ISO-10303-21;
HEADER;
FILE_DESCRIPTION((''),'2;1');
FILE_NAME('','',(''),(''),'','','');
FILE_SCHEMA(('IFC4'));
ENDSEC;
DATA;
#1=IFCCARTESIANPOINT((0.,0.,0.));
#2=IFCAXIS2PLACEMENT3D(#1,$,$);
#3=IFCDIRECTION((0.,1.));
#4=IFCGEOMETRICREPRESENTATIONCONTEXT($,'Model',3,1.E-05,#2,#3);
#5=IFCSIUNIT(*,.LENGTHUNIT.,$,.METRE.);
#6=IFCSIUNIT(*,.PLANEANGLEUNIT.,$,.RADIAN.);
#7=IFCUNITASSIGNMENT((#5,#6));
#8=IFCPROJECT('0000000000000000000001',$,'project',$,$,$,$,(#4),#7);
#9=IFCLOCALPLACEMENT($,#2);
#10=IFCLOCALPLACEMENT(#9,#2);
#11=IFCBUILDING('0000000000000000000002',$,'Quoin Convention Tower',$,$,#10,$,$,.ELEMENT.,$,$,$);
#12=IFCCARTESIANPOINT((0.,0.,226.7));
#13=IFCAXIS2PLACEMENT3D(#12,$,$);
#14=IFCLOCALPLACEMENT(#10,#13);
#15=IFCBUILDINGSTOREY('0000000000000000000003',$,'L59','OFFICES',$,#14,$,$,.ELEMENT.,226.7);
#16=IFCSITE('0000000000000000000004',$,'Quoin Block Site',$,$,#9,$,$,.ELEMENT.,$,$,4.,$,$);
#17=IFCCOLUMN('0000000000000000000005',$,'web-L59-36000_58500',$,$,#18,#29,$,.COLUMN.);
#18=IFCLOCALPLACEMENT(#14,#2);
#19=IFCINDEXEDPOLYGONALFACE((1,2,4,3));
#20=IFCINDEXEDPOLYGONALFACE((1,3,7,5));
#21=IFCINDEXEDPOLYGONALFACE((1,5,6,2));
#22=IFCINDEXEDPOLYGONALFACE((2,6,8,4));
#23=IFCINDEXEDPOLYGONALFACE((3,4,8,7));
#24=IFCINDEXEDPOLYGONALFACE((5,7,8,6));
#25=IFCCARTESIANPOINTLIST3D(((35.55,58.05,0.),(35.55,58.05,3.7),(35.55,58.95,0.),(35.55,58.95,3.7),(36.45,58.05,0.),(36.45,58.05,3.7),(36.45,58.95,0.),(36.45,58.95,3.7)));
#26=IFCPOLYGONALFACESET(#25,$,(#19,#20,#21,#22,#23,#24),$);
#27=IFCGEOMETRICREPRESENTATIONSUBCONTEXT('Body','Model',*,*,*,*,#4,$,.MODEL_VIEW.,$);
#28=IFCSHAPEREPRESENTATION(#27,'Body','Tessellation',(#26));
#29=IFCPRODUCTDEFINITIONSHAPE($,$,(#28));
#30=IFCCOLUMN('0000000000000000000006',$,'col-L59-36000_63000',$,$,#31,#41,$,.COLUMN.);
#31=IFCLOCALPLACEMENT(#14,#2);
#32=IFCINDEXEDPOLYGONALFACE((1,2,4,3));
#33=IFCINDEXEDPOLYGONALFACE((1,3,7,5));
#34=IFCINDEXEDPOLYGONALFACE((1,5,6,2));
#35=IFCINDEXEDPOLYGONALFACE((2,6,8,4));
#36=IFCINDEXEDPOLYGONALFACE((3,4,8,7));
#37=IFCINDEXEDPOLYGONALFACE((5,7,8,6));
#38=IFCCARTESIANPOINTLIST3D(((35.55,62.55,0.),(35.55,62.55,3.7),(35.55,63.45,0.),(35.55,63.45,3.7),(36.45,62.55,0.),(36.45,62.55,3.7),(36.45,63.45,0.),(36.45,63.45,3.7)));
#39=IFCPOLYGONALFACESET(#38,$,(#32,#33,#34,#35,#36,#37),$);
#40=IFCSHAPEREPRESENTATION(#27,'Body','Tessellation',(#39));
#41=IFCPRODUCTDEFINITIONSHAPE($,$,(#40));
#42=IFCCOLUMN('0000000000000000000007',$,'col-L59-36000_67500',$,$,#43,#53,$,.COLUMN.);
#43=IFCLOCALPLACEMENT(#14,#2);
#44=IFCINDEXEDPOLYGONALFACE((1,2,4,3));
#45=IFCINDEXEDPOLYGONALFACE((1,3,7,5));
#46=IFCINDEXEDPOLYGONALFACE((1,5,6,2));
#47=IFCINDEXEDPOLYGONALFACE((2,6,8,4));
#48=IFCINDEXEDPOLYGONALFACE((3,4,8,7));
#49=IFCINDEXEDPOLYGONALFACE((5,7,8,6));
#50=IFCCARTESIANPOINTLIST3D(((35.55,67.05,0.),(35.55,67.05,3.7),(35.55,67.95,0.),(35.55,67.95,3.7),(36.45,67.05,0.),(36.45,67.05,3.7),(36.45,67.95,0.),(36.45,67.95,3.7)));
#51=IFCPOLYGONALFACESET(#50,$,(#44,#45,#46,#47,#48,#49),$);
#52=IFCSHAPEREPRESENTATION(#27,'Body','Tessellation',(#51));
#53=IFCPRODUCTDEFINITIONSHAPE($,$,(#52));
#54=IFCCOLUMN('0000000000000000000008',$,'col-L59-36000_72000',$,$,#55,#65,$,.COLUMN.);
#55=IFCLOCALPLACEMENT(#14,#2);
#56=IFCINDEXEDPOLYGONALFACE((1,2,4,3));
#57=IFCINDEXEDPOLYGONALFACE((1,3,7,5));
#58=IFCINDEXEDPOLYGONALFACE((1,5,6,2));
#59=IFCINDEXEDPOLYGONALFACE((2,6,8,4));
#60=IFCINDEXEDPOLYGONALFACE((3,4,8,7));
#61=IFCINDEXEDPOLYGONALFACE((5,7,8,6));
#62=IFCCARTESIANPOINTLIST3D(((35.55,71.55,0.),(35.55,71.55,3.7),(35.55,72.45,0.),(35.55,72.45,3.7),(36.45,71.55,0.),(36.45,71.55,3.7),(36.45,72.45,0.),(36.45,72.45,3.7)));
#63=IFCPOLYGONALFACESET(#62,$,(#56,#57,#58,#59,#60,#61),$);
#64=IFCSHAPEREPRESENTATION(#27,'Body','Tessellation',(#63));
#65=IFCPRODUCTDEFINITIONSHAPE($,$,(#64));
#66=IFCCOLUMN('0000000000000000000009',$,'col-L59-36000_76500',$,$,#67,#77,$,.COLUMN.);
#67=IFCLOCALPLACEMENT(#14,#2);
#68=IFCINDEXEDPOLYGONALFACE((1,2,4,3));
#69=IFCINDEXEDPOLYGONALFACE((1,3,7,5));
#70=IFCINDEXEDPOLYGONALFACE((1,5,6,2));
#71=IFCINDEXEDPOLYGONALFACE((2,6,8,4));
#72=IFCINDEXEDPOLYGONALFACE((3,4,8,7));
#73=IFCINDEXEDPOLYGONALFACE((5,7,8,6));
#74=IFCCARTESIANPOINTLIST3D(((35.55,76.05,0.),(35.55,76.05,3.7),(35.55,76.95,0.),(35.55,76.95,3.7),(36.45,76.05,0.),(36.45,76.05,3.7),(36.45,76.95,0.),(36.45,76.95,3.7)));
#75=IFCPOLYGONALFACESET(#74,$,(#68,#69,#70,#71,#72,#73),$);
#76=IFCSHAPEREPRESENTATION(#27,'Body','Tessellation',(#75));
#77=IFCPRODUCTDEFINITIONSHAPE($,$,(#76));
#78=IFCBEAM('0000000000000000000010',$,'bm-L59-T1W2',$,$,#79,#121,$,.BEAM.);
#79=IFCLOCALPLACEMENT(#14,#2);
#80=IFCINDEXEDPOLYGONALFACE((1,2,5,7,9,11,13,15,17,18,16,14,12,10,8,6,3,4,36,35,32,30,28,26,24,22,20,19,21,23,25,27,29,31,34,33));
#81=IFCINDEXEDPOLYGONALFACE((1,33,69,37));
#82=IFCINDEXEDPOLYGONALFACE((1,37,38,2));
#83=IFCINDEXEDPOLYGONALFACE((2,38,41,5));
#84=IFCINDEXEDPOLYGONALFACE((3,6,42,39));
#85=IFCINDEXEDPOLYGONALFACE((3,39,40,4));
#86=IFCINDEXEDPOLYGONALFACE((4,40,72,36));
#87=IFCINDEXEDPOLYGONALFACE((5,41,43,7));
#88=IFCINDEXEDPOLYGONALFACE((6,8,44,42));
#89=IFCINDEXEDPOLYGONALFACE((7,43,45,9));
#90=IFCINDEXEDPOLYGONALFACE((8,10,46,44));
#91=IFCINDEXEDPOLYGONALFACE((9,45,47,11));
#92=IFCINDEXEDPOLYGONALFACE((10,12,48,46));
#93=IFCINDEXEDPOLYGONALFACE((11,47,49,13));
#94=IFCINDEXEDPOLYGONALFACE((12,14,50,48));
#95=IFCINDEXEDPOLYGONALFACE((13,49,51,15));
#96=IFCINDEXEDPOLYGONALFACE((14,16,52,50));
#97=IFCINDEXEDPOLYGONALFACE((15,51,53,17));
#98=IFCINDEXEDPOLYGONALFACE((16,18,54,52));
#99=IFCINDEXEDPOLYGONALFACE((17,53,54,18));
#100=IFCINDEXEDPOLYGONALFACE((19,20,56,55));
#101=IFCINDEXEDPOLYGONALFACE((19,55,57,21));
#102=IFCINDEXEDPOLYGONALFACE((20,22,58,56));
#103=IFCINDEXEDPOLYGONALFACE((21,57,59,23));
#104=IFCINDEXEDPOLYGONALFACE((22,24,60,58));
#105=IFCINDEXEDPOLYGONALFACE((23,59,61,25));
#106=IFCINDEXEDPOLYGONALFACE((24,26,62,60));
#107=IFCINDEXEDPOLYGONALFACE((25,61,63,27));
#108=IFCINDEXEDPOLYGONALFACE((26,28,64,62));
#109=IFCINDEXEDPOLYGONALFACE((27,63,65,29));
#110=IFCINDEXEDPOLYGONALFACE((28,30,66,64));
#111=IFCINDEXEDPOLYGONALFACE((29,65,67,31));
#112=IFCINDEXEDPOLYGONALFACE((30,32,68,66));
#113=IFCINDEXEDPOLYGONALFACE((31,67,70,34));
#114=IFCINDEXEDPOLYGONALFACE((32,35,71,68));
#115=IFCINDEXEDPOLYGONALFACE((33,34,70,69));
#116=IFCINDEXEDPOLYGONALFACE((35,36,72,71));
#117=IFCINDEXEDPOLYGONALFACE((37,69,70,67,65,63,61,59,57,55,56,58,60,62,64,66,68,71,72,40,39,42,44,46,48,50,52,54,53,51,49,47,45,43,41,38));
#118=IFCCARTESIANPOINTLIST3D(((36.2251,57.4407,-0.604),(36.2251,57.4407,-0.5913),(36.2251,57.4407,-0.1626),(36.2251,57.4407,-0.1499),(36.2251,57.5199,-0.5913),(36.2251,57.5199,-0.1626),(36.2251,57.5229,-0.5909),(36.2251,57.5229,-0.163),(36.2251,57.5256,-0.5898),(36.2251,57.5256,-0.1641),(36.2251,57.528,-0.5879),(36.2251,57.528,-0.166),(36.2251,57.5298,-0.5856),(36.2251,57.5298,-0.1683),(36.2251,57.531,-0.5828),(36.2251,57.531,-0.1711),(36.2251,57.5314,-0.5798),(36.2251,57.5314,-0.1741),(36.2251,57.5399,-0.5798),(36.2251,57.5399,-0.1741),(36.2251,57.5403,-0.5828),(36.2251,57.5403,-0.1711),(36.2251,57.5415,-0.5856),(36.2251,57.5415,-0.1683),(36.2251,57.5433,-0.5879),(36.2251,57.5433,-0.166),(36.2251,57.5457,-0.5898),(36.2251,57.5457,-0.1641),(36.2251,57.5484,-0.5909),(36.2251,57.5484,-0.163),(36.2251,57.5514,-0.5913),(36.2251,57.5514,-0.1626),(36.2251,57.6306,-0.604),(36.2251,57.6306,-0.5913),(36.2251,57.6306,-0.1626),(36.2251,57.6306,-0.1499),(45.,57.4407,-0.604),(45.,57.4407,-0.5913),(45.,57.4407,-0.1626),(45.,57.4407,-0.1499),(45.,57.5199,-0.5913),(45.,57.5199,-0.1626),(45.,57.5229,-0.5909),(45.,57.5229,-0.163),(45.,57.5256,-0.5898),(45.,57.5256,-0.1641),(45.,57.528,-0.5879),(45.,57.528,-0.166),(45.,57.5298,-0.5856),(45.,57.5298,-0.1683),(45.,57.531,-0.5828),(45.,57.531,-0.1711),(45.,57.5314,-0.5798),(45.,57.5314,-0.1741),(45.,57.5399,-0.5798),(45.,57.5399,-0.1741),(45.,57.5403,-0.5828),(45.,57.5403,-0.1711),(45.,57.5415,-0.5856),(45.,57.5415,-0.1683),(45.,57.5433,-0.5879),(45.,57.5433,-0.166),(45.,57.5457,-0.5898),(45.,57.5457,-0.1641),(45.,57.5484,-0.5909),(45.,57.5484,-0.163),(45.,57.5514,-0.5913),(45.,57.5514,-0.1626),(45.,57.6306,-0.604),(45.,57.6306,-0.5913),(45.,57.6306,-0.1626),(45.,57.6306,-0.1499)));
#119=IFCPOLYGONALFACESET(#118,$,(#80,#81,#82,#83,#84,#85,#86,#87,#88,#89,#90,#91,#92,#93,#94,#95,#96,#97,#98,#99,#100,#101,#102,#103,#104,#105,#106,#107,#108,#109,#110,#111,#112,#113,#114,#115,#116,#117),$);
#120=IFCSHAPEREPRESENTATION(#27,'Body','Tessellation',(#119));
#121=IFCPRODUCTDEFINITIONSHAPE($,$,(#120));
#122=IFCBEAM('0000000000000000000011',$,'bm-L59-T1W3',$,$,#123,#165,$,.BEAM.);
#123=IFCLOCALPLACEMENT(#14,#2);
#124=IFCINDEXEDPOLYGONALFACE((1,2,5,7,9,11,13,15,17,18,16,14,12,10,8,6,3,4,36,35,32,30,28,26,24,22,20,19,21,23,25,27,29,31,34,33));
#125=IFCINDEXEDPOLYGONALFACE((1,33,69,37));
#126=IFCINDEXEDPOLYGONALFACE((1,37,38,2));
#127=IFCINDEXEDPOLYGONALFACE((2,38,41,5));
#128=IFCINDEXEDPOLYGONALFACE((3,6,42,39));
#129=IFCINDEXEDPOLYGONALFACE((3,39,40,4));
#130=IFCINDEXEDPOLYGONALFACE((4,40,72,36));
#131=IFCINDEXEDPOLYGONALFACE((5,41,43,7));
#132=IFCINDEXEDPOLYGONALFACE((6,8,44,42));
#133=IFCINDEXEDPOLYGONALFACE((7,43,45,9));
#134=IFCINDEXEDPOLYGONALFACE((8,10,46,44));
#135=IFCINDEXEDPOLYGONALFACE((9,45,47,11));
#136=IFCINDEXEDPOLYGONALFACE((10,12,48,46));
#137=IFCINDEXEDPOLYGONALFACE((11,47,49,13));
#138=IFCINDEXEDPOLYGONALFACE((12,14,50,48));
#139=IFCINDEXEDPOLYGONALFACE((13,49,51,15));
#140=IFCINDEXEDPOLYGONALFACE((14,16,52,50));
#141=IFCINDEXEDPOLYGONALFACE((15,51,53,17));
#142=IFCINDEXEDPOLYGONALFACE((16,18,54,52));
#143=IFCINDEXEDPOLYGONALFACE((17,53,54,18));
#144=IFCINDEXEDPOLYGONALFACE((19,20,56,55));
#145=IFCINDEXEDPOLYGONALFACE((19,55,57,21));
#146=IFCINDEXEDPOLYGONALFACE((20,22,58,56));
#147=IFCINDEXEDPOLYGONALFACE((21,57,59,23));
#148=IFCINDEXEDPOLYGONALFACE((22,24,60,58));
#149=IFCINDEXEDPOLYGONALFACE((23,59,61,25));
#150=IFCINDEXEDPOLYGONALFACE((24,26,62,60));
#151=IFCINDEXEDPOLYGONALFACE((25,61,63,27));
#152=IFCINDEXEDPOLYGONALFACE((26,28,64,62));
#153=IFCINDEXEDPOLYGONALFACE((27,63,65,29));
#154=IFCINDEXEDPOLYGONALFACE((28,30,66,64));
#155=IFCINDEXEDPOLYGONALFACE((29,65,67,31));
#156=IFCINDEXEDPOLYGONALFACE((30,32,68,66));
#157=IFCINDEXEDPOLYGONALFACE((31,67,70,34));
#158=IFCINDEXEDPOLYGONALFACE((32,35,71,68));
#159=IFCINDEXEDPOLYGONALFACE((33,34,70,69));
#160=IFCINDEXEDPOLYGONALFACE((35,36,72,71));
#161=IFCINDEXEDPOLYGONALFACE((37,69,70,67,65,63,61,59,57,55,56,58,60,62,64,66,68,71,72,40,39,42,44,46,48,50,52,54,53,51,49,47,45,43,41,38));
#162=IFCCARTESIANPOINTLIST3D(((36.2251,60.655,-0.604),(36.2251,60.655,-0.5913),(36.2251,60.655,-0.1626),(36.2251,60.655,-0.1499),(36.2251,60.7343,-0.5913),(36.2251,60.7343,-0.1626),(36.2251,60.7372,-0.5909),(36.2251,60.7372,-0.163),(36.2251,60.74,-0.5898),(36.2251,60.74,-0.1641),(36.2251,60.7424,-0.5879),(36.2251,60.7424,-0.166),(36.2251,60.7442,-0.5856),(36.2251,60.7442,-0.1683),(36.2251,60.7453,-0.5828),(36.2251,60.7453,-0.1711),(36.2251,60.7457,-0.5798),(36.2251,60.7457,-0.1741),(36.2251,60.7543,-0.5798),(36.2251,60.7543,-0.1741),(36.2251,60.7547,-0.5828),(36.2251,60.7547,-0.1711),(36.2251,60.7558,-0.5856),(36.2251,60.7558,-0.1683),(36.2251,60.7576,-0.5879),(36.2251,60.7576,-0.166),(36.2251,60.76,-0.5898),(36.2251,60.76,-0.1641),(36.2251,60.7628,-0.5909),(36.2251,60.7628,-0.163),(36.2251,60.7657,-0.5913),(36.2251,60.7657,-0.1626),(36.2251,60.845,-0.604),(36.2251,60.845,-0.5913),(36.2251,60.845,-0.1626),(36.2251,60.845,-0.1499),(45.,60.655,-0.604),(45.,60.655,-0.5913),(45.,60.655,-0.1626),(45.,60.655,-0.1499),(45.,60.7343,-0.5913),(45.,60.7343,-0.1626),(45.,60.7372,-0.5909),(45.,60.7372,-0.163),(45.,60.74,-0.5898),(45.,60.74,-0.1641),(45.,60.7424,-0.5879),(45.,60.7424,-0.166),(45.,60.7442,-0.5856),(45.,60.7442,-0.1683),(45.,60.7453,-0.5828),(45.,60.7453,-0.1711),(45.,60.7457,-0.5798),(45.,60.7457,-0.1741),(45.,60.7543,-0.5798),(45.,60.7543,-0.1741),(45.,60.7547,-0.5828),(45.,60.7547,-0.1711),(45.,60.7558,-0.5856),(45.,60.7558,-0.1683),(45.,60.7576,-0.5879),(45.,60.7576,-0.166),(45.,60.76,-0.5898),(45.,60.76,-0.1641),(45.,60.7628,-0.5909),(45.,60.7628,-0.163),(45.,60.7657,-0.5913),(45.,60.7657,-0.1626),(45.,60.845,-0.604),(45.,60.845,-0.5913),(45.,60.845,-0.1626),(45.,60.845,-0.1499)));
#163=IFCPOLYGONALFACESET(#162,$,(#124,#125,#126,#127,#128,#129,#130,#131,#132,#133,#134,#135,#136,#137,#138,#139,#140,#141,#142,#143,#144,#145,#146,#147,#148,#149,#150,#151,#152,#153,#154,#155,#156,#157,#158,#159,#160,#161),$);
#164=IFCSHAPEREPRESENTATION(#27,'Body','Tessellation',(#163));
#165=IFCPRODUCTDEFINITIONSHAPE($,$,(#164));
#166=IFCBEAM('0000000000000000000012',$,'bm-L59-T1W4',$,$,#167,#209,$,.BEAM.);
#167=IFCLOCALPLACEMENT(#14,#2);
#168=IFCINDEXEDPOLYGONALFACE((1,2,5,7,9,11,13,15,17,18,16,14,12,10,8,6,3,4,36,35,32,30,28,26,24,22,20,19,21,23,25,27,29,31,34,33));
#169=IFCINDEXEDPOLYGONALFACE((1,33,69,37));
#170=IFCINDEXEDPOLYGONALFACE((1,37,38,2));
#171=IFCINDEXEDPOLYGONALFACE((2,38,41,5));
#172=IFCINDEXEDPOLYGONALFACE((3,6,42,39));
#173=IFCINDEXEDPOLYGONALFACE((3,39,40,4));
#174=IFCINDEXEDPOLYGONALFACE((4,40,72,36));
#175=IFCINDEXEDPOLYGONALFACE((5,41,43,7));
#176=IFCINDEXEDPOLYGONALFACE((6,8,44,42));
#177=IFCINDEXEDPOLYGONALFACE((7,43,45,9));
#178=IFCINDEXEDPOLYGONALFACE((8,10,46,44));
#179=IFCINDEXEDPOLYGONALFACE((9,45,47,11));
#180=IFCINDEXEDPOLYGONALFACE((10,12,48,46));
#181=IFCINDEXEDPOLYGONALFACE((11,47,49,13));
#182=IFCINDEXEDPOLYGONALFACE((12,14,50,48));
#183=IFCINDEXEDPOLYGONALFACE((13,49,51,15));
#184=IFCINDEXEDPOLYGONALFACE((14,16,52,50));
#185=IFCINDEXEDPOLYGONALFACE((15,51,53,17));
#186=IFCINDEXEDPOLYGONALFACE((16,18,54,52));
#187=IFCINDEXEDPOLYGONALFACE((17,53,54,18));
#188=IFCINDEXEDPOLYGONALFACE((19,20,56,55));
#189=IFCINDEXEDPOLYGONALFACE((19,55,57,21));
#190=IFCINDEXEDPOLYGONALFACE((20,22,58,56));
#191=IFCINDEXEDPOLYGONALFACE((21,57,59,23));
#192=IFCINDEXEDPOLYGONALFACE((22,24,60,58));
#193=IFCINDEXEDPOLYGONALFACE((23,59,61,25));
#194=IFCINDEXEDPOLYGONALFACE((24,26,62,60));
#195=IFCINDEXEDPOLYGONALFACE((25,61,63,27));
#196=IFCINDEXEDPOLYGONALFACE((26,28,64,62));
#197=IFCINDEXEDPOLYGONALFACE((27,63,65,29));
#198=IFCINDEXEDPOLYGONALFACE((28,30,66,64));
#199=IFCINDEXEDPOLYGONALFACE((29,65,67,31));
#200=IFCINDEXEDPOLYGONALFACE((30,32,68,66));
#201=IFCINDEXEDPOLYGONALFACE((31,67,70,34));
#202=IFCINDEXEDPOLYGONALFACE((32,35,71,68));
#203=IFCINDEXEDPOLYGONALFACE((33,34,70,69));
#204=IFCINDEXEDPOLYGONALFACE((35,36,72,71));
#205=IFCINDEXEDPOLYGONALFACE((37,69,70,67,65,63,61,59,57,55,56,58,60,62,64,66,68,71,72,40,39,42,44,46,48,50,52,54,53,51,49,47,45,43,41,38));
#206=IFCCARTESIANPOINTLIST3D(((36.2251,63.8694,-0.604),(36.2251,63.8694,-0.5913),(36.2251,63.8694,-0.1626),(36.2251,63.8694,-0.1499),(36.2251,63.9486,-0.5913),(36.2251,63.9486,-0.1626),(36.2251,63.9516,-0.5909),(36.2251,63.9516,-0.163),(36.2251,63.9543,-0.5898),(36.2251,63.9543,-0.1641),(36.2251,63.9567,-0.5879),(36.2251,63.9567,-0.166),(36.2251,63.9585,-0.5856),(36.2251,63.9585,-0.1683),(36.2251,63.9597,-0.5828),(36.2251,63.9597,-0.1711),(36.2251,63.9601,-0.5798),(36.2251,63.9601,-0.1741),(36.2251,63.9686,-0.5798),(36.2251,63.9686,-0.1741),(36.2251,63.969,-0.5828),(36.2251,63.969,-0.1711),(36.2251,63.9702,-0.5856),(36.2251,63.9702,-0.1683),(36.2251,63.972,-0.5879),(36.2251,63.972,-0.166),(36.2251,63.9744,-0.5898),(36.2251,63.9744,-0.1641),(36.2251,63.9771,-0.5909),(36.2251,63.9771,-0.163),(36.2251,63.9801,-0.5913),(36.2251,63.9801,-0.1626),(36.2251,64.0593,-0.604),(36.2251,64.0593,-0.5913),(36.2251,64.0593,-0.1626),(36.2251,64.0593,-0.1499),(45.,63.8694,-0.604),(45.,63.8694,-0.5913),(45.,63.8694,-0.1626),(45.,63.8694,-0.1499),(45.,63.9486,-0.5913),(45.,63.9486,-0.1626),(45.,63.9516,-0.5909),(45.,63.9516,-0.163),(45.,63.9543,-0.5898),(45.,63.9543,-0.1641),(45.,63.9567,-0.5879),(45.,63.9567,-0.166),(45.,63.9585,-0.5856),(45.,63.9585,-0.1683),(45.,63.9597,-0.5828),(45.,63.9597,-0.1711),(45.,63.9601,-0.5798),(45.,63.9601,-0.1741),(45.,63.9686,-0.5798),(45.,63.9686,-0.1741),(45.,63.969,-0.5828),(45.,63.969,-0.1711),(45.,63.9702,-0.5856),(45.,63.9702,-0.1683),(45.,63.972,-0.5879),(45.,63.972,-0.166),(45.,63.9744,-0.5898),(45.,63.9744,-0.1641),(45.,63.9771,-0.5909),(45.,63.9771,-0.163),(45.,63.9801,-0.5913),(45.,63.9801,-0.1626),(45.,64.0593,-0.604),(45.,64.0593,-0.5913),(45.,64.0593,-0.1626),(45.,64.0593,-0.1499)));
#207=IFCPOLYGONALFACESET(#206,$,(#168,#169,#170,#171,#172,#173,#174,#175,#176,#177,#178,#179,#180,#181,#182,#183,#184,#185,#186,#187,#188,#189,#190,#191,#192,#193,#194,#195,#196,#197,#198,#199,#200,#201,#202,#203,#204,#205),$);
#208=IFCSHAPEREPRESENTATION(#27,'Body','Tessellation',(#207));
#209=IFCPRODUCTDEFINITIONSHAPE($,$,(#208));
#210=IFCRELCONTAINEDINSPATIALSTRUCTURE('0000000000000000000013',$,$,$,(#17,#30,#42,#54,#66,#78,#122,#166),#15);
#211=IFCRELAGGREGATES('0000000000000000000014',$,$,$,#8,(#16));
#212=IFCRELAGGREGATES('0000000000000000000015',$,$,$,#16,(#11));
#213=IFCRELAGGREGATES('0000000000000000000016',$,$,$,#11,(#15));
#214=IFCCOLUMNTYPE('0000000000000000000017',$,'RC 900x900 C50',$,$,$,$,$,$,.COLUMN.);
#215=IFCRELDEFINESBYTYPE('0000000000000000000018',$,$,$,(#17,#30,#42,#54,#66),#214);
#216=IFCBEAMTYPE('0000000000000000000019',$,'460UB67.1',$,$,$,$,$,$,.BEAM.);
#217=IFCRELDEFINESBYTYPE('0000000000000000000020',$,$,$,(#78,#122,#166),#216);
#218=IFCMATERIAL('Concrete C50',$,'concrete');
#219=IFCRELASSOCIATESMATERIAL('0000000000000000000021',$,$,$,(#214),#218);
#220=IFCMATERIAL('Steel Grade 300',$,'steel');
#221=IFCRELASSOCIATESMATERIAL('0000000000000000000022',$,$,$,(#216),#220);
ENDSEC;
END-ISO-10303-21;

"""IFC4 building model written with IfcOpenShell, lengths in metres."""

from ifc_helpers import new_model, si_unit, direction, frame, origin, origin_2d, place, context, subcontext, project, spatial, rectangle, i_section, extrude, material, material_profile, profile_set, type_object, element, save


model = new_model("IFC4")

# Units and contexts
model_context = context("Model", 3, precision=1e-05, world=origin(), true_north=direction((0.0, 1.0)))
body_context = subcontext(model_context, "Body", "Model", "MODEL_VIEW")
ifc_project = project(units=[si_unit("LENGTHUNIT", "METRE"), si_unit("PLANEANGLEUNIT", "RADIAN")], contexts=[model_context])

# Site, building, storey
site_placement = place(None, origin())
site = spatial("IfcSite", under=ifc_project, at=site_placement, Name="Quoin Block Site", CompositionType="ELEMENT", RefElevation=4.0)
building_placement = place(site_placement, origin())
building = spatial("IfcBuilding", under=site, at=building_placement, Name="Quoin Convention Tower", CompositionType="ELEMENT")
storey_placement = place(building_placement, frame((0.0, 0.0, 226.7)))
storey = spatial("IfcBuildingStorey", under=building, at=storey_placement, Name="L59", Description="OFFICES", CompositionType="ELEMENT", Elevation=226.7)

# Columns
ifc_material_1 = material(Name="Concrete C50", Category="concrete")
ifc_material_profile_1 = material_profile(ifc_material_1, rectangle(XDim=0.8999, YDim=0.8999, at=origin_2d()), Name="RC 900x900")
ifc_profile_set_1 = profile_set([ifc_material_profile_1], Name="Concrete C50")
column_type = type_object("IfcColumnType", Name="RC 900x900 C50", PredefinedType="COLUMN", material=ifc_profile_set_1)
for number, where, z_axis, x_axis, name in (
    (1, (36.0, 58.5, 0.0), (0.0, 0.0, 1.0), (1.0, 0.0, 0.0), "web-L59-36000_58500"),
    (2, (36.0, 63.0, 0.0), (0.0, 0.0, 1.0), (1.0, 0.0, 0.0), "col-L59-36000_63000"),
    (3, (36.0, 67.5, 0.0), (0.0, 0.0, 1.0), (1.0, 0.0, 0.0), "col-L59-36000_67500"),
    (4, (36.0, 72.0, 0.0), (0.0, 0.0, 1.0), (1.0, 0.0, 0.0), "col-L59-36000_72000"),
    (5, (36.0, 76.5, 0.0), (0.0, 0.0, 1.0), (1.0, 0.0, 0.0), "col-L59-36000_76500"),
):
    element("IfcColumn", number, at=place(storey_placement, frame(where, z_axis=z_axis, x_axis=x_axis)), inside=storey, type_object=column_type, Name=name, PredefinedType="COLUMN", context=body_context, shape_type="SweptSolid", body=[
        extrude(rectangle(XDim=0.8999, YDim=0.8999, at=origin_2d()), origin(), (0.0, 0.0, 1.0), 3.7),
    ])

# Beams
ifc_material_2 = material(Name="Steel Grade 300", Category="steel")
ifc_material_profile_2 = material_profile(ifc_material_2, i_section(OverallWidth=0.1899, OverallDepth=0.4541, WebThickness=0.0085, FlangeThickness=0.0127, FilletRadius=0.0115, at=origin_2d()), Name="460UB67.1")
ifc_profile_set_2 = profile_set([ifc_material_profile_2], Name="Steel Grade 300")
beam_type_1 = type_object("IfcBeamType", Name="460UB67.1", PredefinedType="BEAM", material=ifc_profile_set_2)
for number, where, z_axis, x_axis, name in (
    (6, (36.2251, 57.5356, -0.377), (1.0, 0.0, 0.0), (0.0, 1.0, 0.0), "bm-L59-T1W2"),
    (7, (36.2251, 60.75, -0.377), (1.0, 0.0, 0.0), (0.0, 1.0, 0.0), "bm-L59-T1W3"),
    (8, (36.2251, 63.9644, -0.377), (1.0, 0.0, 0.0), (0.0, 1.0, 0.0), "bm-L59-T1W4"),
):
    element("IfcBeam", number, at=place(storey_placement, frame(where, z_axis=z_axis, x_axis=x_axis)), inside=storey, type_object=beam_type_1, Name=name, PredefinedType="BEAM", context=body_context, shape_type="SweptSolid", body=[
        extrude(i_section(OverallWidth=0.1899, OverallDepth=0.4541, WebThickness=0.0085, FlangeThickness=0.0127, FilletRadius=0.0115, at=origin_2d()), origin(), (0.0, 0.0, 1.0), 8.7749),
    ])

save(model, "model.ifc")
